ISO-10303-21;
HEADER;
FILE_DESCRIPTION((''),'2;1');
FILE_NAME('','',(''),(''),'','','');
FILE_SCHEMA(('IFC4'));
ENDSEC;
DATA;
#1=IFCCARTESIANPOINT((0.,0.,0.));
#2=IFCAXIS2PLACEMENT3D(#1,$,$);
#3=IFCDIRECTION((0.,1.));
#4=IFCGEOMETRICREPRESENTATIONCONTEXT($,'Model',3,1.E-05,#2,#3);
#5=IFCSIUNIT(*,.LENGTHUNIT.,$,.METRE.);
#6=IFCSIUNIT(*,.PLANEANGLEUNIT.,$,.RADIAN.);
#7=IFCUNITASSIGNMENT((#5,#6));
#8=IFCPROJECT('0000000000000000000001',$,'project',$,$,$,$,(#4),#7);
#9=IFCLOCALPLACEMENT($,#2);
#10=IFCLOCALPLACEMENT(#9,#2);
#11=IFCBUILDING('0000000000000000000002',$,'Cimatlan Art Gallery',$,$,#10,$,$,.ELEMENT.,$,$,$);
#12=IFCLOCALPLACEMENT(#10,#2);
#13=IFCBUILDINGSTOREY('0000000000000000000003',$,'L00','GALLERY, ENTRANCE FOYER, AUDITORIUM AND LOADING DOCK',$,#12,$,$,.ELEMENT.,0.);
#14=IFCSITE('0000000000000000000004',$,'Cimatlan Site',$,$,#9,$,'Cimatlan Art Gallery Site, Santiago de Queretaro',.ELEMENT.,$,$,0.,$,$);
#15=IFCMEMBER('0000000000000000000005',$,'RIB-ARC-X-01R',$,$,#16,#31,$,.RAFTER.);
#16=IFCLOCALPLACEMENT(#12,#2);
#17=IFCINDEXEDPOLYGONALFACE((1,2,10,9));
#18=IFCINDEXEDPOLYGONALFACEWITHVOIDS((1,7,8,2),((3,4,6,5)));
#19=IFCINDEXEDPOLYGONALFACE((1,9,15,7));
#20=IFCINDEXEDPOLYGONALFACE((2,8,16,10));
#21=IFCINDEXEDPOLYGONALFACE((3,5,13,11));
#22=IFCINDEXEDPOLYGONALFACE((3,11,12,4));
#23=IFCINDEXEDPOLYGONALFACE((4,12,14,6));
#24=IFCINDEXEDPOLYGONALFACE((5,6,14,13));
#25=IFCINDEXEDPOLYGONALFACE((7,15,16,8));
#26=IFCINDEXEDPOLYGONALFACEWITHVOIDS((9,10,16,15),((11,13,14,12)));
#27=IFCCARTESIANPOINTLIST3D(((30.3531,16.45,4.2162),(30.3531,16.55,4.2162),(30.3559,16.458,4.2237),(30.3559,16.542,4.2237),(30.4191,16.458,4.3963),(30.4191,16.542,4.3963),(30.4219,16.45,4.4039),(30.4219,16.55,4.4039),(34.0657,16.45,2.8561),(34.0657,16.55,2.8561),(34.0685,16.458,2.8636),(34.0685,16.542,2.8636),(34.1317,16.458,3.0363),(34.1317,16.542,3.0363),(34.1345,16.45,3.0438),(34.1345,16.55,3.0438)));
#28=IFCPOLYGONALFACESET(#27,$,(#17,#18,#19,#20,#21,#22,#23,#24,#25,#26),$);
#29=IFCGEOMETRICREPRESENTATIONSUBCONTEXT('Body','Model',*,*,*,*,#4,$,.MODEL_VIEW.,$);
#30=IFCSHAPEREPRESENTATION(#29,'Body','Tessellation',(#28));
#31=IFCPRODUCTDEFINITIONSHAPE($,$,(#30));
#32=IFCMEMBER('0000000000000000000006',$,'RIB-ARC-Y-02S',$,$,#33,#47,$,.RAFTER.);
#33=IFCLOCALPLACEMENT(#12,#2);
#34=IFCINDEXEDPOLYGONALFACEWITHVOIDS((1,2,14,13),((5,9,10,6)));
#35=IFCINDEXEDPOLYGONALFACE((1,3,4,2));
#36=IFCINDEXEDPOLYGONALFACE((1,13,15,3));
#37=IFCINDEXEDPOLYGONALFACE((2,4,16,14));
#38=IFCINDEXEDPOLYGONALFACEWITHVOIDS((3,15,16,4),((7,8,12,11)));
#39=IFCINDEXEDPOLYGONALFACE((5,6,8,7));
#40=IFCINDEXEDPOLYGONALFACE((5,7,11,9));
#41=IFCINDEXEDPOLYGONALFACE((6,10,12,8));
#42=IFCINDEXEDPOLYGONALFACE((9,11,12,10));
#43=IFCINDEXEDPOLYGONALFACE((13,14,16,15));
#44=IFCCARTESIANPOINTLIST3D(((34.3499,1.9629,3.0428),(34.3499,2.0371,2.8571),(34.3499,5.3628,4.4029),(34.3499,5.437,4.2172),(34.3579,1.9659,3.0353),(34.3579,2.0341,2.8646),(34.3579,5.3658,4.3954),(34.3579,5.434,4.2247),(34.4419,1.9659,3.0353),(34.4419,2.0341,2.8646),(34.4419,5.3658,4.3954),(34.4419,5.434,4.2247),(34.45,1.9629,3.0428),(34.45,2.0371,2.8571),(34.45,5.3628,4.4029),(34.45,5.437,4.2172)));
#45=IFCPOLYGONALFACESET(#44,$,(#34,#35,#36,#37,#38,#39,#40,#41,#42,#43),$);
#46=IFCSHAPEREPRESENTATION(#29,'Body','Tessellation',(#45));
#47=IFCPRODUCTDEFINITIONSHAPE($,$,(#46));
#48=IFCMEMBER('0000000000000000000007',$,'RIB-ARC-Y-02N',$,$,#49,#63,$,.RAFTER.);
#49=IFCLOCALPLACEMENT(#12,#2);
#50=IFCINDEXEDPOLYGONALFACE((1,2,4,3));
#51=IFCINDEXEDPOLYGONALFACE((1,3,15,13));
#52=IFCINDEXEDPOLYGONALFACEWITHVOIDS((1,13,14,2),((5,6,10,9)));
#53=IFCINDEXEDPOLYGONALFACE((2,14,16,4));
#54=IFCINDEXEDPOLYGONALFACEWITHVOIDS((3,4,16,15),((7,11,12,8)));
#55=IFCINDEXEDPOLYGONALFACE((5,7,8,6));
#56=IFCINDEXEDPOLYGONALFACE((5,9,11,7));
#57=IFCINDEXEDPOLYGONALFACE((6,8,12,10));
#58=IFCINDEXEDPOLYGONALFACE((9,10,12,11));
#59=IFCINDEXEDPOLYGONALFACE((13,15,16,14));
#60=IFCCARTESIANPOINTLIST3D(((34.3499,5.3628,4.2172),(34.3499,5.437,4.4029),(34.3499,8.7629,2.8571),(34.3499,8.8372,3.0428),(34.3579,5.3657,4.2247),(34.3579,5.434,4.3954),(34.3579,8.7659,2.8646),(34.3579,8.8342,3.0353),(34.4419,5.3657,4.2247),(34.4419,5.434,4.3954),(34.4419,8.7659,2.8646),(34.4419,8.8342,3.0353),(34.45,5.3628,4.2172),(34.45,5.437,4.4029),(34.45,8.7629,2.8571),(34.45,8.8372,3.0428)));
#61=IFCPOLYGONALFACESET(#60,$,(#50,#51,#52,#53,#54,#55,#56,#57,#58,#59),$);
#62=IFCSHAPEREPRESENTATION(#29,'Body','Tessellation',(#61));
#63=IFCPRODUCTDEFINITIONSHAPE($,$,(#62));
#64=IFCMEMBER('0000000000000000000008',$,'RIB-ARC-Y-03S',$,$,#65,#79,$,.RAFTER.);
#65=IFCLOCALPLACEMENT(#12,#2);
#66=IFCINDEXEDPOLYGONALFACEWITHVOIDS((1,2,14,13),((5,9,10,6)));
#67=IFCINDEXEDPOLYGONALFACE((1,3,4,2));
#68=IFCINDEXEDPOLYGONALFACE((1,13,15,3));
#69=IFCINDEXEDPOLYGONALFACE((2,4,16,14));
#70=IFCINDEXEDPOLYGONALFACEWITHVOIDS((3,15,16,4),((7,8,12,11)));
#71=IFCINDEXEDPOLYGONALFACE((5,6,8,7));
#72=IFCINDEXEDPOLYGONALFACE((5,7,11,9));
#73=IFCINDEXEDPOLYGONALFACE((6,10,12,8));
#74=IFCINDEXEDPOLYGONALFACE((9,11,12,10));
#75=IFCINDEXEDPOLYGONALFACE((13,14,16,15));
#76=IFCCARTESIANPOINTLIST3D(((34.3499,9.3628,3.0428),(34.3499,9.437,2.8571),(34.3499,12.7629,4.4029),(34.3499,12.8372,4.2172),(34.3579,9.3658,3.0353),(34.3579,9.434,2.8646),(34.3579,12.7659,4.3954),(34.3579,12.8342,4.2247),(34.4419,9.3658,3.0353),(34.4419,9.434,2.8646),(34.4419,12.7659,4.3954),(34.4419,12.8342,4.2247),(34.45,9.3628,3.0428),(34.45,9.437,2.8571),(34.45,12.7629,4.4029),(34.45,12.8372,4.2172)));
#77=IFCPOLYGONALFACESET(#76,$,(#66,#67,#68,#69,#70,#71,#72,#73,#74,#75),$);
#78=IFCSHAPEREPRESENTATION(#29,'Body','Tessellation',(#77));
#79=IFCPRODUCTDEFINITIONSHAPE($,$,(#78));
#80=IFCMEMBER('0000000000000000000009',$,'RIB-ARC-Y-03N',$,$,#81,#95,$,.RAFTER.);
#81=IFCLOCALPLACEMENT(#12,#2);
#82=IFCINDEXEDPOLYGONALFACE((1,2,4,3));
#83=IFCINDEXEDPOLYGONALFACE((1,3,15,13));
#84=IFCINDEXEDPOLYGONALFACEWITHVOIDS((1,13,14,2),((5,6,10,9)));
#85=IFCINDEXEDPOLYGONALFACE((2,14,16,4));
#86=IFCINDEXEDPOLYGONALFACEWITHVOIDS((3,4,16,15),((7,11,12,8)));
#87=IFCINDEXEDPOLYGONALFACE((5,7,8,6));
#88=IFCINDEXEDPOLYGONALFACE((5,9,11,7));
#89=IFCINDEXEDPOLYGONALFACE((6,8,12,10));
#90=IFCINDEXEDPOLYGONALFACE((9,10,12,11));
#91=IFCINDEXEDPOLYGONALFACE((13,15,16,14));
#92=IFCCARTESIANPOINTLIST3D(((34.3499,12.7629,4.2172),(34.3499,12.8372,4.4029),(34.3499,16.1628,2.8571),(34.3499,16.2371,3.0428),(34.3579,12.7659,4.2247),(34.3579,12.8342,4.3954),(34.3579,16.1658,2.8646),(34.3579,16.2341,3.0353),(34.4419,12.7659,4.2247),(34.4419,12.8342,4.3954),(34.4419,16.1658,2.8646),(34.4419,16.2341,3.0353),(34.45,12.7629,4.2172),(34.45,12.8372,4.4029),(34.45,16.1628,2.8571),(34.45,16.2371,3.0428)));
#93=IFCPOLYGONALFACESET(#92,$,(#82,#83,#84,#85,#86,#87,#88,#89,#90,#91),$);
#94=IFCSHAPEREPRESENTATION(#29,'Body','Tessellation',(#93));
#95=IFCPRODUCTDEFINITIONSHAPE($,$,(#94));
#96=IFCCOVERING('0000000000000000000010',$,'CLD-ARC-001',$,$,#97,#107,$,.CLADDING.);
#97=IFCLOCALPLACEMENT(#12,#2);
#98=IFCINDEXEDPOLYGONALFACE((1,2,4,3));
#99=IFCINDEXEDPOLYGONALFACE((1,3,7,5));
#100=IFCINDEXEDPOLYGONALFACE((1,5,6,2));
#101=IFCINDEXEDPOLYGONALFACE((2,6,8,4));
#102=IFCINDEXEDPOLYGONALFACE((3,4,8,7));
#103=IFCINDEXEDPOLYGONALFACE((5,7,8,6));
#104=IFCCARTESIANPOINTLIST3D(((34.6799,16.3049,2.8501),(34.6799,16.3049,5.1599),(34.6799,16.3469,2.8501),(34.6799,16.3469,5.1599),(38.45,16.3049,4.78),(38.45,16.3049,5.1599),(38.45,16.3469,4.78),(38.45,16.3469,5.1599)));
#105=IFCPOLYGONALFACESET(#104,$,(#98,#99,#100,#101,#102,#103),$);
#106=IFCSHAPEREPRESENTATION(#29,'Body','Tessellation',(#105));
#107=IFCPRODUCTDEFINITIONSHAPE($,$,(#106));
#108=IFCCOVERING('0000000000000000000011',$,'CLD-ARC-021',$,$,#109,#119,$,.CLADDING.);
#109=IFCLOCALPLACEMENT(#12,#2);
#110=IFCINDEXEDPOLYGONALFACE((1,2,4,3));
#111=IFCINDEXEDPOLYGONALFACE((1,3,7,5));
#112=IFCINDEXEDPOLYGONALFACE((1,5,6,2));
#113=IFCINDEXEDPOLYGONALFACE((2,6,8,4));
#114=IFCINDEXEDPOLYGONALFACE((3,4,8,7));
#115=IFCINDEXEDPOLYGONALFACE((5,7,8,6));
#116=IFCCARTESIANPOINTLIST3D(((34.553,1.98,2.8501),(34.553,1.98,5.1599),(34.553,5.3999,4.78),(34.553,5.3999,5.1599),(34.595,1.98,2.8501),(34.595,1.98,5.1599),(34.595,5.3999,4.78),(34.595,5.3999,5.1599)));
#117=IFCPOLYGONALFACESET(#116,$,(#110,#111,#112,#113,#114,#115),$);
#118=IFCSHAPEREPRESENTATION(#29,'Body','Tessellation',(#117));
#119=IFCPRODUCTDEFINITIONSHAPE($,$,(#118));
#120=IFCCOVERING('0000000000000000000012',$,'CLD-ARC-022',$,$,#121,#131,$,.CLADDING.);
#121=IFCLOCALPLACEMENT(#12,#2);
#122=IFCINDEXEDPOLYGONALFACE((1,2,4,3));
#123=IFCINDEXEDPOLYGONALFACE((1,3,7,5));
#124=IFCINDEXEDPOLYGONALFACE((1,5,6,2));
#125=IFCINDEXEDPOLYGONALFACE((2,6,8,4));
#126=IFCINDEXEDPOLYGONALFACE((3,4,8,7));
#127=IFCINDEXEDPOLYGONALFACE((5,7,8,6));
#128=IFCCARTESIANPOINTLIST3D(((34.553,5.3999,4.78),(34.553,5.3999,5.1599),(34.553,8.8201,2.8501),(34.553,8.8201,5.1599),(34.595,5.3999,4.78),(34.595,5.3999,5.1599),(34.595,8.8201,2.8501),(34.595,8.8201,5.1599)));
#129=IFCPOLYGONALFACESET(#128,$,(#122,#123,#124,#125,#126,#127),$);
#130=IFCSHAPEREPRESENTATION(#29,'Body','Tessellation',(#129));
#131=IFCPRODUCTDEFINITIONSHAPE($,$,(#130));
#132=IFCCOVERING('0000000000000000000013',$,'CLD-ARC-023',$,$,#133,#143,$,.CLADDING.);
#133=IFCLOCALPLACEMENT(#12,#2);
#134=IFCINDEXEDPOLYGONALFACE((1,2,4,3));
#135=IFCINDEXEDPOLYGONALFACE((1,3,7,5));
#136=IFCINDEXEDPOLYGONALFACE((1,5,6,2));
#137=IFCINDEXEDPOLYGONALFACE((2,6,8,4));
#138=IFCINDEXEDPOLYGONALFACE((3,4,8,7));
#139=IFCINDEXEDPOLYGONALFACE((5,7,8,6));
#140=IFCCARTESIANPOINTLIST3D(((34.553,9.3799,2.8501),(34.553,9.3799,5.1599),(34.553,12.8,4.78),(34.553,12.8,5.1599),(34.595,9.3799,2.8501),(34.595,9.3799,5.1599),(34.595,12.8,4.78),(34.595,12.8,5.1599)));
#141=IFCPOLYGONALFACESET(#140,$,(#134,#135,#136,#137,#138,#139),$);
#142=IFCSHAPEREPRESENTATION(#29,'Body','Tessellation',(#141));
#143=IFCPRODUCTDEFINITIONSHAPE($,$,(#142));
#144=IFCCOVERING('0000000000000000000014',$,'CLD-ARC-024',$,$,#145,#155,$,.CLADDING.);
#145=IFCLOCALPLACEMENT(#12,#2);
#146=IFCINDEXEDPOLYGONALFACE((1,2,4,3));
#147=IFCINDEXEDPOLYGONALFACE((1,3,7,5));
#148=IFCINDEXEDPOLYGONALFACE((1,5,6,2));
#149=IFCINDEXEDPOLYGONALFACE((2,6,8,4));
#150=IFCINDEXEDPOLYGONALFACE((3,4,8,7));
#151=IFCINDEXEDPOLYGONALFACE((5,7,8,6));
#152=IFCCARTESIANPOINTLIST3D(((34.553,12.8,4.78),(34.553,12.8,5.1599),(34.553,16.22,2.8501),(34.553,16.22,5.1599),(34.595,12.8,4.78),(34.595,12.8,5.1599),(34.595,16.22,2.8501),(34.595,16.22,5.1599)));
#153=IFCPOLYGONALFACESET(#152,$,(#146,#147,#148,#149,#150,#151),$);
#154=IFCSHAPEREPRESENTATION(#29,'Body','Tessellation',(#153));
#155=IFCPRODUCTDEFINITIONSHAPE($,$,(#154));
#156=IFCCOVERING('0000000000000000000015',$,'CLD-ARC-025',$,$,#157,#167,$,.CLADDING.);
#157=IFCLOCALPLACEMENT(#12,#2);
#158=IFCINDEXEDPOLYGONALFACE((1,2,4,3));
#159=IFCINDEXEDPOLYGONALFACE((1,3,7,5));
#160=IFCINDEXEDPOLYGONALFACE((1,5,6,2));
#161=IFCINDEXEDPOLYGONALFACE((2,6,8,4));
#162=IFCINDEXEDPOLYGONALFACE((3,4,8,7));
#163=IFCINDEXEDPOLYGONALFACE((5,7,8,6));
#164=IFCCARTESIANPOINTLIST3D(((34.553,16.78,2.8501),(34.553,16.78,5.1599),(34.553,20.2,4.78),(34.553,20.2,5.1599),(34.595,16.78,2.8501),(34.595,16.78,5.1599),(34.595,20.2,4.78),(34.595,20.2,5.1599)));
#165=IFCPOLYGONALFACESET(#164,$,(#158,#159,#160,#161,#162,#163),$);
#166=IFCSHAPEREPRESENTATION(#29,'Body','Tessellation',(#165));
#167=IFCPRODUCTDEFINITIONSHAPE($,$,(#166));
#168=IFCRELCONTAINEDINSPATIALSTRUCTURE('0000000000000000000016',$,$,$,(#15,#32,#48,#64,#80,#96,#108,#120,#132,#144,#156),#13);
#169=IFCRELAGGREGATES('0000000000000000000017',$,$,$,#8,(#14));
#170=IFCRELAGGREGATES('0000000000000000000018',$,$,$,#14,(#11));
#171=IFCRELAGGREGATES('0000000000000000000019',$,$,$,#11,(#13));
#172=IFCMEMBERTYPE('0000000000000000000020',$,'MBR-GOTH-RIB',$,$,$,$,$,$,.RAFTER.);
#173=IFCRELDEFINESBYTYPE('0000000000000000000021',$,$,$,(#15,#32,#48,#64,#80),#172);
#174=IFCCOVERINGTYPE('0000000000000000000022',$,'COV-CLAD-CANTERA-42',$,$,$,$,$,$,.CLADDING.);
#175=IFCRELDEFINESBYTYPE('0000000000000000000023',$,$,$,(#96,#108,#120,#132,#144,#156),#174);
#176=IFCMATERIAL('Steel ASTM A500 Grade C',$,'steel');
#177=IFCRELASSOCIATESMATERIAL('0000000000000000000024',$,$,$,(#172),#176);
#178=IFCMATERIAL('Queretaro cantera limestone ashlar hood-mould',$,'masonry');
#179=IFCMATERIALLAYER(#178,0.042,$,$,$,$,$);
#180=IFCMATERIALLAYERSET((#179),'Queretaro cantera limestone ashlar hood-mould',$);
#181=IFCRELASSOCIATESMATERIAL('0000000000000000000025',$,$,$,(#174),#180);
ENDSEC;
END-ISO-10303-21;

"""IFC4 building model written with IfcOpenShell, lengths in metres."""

from ifc_helpers import new_model, si_unit, direction, frame, origin, origin_2d, place, context, subcontext, project, spatial, polyline, hollow_rectangle, outline, extrude, material, layer, layer_set, material_profile, profile_set, type_object, element, save


model = new_model("IFC4")

# Units and contexts
model_context = context("Model", 3, precision=1e-05, world=origin(), true_north=direction((0.0, 1.0)))
body_context = subcontext(model_context, "Body", "Model", "MODEL_VIEW")
ifc_project = project(units=[si_unit("LENGTHUNIT", "METRE"), si_unit("PLANEANGLEUNIT", "RADIAN")], contexts=[model_context])

# Site, building, storey
site_placement = place(None, origin())
site = spatial("IfcSite", under=ifc_project, at=site_placement, Name="Cimatlan Site", LongName="Cimatlan Art Gallery Site, Santiago de Queretaro", CompositionType="ELEMENT", RefElevation=0.0)
building_placement = place(site_placement, origin())
building = spatial("IfcBuilding", under=site, at=building_placement, Name="Cimatlan Art Gallery", CompositionType="ELEMENT")
storey_placement = place(building_placement, origin())
storey = spatial("IfcBuildingStorey", under=building, at=storey_placement, Name="L00", Description="GALLERY, ENTRANCE FOYER, AUDITORIUM AND LOADING DOCK", CompositionType="ELEMENT", Elevation=0.0)

# Members
ifc_material_1 = material(Name="Steel ASTM A500 Grade C", Category="steel")
ifc_material_profile_1 = material_profile(ifc_material_1, hollow_rectangle(XDim=0.1001, YDim=0.2, WallThickness=0.0081, at=origin_2d()), Name="HSS200X100X8")
ifc_profile_set_1 = profile_set([ifc_material_profile_1], Name="Steel ASTM A500 Grade C")
member_type = type_object("IfcMemberType", Name="MBR-GOTH-RIB", PredefinedType="RAFTER", material=ifc_profile_set_1)
member_1_placement = place(storey_placement, frame((34.1001, 16.5, 2.95), z_axis=(-0.938974, 0.0, 0.343988), x_axis=(0.0, -1.0, 0.0)))
element("IfcMember", 1, at=member_1_placement, inside=storey, type_object=member_type, Name="RIB-ARC-X-01R", PredefinedType="RAFTER", context=body_context, shape_type="SweptSolid", body=[
    extrude(hollow_rectangle(XDim=0.1001, YDim=0.2, WallThickness=0.0081, at=origin_2d()), origin(), (0.0, 0.0, 1.0), 3.9539),
])
member_2_placement = place(storey_placement, frame((34.3999, 2.0, 2.95), z_axis=(0.0, 0.928463, 0.371425), x_axis=(-1.0, 0.0, 0.0)))
element("IfcMember", 2, at=member_2_placement, inside=storey, type_object=member_type, Name="RIB-ARC-Y-02S", PredefinedType="RAFTER", context=body_context, shape_type="SweptSolid", body=[
    extrude(hollow_rectangle(XDim=0.1001, YDim=0.2, WallThickness=0.0081, at=origin_2d()), origin(), (0.0, 0.0, 1.0), 3.6619),
])
for number, where, z_axis, x_axis, name in (
    (3, (34.3999, 8.8, 2.95), (0.0, -0.928472, 0.371402), (1.0, 0.0, 0.0), "RIB-ARC-Y-02N"),
    (4, (34.3999, 9.3999, 2.95), (0.0, 0.928472, 0.371402), (-1.0, 0.0, 0.0), "RIB-ARC-Y-03S"),
):
    element("IfcMember", number, at=place(storey_placement, frame(where, z_axis=z_axis, x_axis=x_axis)), inside=storey, type_object=member_type, Name=name, PredefinedType="RAFTER", context=body_context, shape_type="SweptSolid", body=[
        extrude(hollow_rectangle(XDim=0.1001, YDim=0.2, WallThickness=0.0081, at=origin_2d()), origin(), (0.0, 0.0, 1.0), 3.6621),
    ])
member_3_placement = place(storey_placement, frame((34.3999, 16.2, 2.95), z_axis=(0.0, -0.928463, 0.371425), x_axis=(1.0, 0.0, 0.0)))
element("IfcMember", 5, at=member_3_placement, inside=storey, type_object=member_type, Name="RIB-ARC-Y-03N", PredefinedType="RAFTER", context=body_context, shape_type="SweptSolid", body=[
    extrude(hollow_rectangle(XDim=0.1001, YDim=0.2, WallThickness=0.0081, at=origin_2d()), origin(), (0.0, 0.0, 1.0), 3.6619),
])

# Coverings
ifc_material_2 = material(Name="Queretaro cantera limestone ashlar hood-mould", Category="masonry")
ifc_layer = layer(ifc_material_2, 0.042)
ifc_layer_set = layer_set([ifc_layer], Name="Queretaro cantera limestone ashlar hood-mould")
covering_type = type_object("IfcCoveringType", Name="COV-CLAD-CANTERA-42", PredefinedType="CLADDING", material=ifc_layer_set)
covering_1_placement = place(storey_placement, frame((34.6799, 16.3049, 2.8501), z_axis=(0.0, -1.0, 0.0), x_axis=(0.890144, 0.0, 0.455679)))
element("IfcCovering", 6, at=covering_1_placement, inside=storey, type_object=covering_type, Name="CLD-ARC-001", PredefinedType="CLADDING", context=body_context, shape_type="SweptSolid", body=[
    extrude(outline(polyline([(0.0, 0.0), (4.2353, 0.0), (4.4084, 0.3382), (1.0525, 2.0561), (0.0, 0.0)])), origin(), (0.0, 0.0, -1.0), 0.042),
])
covering_2_placement = place(storey_placement, frame((34.595, 1.98, 2.8501), z_axis=(1.0, 0.0, 0.0), x_axis=(0.0, 0.870897, 0.491465)))
element("IfcCovering", 7, at=covering_2_placement, inside=storey, type_object=covering_type, Name="CLD-ARC-021", PredefinedType="CLADDING", context=body_context, shape_type="SweptSolid", body=[
    extrude(outline(polyline([(0.0, 0.0), (3.9269, 0.0), (4.1136, 0.3308), (1.1352, 2.0116), (0.0, 0.0)])), origin(), (0.0, 0.0, -1.0), 0.042),
])
covering_3_placement = place(storey_placement, frame((34.595, 5.3999, 4.78), z_axis=(1.0, 0.0, 0.0), x_axis=(0.0, 0.870912, -0.491438)))
element("IfcCovering", 8, at=covering_3_placement, inside=storey, type_object=covering_type, Name="CLD-ARC-022", PredefinedType="CLADDING", context=body_context, shape_type="SweptSolid", body=[
    extrude(outline(polyline([(0.0, 0.0), (3.9271, 0.0), (2.792, 2.0116), (-0.1867, 0.3308), (0.0, 0.0)])), origin(), (0.0, 0.0, -1.0), 0.042),
])
covering_4_placement = place(storey_placement, frame((34.595, 9.3799, 2.8501), z_axis=(1.0, 0.0, 0.0), x_axis=(0.0, 0.870912, 0.491438)))
element("IfcCovering", 9, at=covering_4_placement, inside=storey, type_object=covering_type, Name="CLD-ARC-023", PredefinedType="CLADDING", context=body_context, shape_type="SweptSolid", body=[
    extrude(outline(polyline([(0.0, 0.0), (3.9271, 0.0), (4.1138, 0.3308), (1.1351, 2.0116), (0.0, 0.0)])), origin(), (0.0, 0.0, -1.0), 0.042),
])
covering_5_placement = place(storey_placement, frame((34.595, 12.8, 4.78), z_axis=(1.0, 0.0, 0.0), x_axis=(0.0, 0.870897, -0.491465)))
element("IfcCovering", 10, at=covering_5_placement, inside=storey, type_object=covering_type, Name="CLD-ARC-024", PredefinedType="CLADDING", context=body_context, shape_type="SweptSolid", body=[
    extrude(outline(polyline([(0.0, 0.0), (3.9269, 0.0), (2.7917, 2.0116), (-0.1867, 0.3308), (0.0, 0.0)])), origin(), (0.0, 0.0, -1.0), 0.042),
])
covering_6_placement = place(storey_placement, frame((34.595, 16.78, 2.8501), z_axis=(1.0, 0.0, 0.0), x_axis=(0.0, 0.870897, 0.491465)))
element("IfcCovering", 11, at=covering_6_placement, inside=storey, type_object=covering_type, Name="CLD-ARC-025", PredefinedType="CLADDING", context=body_context, shape_type="SweptSolid", body=[
    extrude(outline(polyline([(0.0, 0.0), (3.9269, 0.0), (4.1136, 0.3308), (1.1352, 2.0116), (0.0, 0.0)])), origin(), (0.0, 0.0, -1.0), 0.042),
])

save(model, "model.ifc")
